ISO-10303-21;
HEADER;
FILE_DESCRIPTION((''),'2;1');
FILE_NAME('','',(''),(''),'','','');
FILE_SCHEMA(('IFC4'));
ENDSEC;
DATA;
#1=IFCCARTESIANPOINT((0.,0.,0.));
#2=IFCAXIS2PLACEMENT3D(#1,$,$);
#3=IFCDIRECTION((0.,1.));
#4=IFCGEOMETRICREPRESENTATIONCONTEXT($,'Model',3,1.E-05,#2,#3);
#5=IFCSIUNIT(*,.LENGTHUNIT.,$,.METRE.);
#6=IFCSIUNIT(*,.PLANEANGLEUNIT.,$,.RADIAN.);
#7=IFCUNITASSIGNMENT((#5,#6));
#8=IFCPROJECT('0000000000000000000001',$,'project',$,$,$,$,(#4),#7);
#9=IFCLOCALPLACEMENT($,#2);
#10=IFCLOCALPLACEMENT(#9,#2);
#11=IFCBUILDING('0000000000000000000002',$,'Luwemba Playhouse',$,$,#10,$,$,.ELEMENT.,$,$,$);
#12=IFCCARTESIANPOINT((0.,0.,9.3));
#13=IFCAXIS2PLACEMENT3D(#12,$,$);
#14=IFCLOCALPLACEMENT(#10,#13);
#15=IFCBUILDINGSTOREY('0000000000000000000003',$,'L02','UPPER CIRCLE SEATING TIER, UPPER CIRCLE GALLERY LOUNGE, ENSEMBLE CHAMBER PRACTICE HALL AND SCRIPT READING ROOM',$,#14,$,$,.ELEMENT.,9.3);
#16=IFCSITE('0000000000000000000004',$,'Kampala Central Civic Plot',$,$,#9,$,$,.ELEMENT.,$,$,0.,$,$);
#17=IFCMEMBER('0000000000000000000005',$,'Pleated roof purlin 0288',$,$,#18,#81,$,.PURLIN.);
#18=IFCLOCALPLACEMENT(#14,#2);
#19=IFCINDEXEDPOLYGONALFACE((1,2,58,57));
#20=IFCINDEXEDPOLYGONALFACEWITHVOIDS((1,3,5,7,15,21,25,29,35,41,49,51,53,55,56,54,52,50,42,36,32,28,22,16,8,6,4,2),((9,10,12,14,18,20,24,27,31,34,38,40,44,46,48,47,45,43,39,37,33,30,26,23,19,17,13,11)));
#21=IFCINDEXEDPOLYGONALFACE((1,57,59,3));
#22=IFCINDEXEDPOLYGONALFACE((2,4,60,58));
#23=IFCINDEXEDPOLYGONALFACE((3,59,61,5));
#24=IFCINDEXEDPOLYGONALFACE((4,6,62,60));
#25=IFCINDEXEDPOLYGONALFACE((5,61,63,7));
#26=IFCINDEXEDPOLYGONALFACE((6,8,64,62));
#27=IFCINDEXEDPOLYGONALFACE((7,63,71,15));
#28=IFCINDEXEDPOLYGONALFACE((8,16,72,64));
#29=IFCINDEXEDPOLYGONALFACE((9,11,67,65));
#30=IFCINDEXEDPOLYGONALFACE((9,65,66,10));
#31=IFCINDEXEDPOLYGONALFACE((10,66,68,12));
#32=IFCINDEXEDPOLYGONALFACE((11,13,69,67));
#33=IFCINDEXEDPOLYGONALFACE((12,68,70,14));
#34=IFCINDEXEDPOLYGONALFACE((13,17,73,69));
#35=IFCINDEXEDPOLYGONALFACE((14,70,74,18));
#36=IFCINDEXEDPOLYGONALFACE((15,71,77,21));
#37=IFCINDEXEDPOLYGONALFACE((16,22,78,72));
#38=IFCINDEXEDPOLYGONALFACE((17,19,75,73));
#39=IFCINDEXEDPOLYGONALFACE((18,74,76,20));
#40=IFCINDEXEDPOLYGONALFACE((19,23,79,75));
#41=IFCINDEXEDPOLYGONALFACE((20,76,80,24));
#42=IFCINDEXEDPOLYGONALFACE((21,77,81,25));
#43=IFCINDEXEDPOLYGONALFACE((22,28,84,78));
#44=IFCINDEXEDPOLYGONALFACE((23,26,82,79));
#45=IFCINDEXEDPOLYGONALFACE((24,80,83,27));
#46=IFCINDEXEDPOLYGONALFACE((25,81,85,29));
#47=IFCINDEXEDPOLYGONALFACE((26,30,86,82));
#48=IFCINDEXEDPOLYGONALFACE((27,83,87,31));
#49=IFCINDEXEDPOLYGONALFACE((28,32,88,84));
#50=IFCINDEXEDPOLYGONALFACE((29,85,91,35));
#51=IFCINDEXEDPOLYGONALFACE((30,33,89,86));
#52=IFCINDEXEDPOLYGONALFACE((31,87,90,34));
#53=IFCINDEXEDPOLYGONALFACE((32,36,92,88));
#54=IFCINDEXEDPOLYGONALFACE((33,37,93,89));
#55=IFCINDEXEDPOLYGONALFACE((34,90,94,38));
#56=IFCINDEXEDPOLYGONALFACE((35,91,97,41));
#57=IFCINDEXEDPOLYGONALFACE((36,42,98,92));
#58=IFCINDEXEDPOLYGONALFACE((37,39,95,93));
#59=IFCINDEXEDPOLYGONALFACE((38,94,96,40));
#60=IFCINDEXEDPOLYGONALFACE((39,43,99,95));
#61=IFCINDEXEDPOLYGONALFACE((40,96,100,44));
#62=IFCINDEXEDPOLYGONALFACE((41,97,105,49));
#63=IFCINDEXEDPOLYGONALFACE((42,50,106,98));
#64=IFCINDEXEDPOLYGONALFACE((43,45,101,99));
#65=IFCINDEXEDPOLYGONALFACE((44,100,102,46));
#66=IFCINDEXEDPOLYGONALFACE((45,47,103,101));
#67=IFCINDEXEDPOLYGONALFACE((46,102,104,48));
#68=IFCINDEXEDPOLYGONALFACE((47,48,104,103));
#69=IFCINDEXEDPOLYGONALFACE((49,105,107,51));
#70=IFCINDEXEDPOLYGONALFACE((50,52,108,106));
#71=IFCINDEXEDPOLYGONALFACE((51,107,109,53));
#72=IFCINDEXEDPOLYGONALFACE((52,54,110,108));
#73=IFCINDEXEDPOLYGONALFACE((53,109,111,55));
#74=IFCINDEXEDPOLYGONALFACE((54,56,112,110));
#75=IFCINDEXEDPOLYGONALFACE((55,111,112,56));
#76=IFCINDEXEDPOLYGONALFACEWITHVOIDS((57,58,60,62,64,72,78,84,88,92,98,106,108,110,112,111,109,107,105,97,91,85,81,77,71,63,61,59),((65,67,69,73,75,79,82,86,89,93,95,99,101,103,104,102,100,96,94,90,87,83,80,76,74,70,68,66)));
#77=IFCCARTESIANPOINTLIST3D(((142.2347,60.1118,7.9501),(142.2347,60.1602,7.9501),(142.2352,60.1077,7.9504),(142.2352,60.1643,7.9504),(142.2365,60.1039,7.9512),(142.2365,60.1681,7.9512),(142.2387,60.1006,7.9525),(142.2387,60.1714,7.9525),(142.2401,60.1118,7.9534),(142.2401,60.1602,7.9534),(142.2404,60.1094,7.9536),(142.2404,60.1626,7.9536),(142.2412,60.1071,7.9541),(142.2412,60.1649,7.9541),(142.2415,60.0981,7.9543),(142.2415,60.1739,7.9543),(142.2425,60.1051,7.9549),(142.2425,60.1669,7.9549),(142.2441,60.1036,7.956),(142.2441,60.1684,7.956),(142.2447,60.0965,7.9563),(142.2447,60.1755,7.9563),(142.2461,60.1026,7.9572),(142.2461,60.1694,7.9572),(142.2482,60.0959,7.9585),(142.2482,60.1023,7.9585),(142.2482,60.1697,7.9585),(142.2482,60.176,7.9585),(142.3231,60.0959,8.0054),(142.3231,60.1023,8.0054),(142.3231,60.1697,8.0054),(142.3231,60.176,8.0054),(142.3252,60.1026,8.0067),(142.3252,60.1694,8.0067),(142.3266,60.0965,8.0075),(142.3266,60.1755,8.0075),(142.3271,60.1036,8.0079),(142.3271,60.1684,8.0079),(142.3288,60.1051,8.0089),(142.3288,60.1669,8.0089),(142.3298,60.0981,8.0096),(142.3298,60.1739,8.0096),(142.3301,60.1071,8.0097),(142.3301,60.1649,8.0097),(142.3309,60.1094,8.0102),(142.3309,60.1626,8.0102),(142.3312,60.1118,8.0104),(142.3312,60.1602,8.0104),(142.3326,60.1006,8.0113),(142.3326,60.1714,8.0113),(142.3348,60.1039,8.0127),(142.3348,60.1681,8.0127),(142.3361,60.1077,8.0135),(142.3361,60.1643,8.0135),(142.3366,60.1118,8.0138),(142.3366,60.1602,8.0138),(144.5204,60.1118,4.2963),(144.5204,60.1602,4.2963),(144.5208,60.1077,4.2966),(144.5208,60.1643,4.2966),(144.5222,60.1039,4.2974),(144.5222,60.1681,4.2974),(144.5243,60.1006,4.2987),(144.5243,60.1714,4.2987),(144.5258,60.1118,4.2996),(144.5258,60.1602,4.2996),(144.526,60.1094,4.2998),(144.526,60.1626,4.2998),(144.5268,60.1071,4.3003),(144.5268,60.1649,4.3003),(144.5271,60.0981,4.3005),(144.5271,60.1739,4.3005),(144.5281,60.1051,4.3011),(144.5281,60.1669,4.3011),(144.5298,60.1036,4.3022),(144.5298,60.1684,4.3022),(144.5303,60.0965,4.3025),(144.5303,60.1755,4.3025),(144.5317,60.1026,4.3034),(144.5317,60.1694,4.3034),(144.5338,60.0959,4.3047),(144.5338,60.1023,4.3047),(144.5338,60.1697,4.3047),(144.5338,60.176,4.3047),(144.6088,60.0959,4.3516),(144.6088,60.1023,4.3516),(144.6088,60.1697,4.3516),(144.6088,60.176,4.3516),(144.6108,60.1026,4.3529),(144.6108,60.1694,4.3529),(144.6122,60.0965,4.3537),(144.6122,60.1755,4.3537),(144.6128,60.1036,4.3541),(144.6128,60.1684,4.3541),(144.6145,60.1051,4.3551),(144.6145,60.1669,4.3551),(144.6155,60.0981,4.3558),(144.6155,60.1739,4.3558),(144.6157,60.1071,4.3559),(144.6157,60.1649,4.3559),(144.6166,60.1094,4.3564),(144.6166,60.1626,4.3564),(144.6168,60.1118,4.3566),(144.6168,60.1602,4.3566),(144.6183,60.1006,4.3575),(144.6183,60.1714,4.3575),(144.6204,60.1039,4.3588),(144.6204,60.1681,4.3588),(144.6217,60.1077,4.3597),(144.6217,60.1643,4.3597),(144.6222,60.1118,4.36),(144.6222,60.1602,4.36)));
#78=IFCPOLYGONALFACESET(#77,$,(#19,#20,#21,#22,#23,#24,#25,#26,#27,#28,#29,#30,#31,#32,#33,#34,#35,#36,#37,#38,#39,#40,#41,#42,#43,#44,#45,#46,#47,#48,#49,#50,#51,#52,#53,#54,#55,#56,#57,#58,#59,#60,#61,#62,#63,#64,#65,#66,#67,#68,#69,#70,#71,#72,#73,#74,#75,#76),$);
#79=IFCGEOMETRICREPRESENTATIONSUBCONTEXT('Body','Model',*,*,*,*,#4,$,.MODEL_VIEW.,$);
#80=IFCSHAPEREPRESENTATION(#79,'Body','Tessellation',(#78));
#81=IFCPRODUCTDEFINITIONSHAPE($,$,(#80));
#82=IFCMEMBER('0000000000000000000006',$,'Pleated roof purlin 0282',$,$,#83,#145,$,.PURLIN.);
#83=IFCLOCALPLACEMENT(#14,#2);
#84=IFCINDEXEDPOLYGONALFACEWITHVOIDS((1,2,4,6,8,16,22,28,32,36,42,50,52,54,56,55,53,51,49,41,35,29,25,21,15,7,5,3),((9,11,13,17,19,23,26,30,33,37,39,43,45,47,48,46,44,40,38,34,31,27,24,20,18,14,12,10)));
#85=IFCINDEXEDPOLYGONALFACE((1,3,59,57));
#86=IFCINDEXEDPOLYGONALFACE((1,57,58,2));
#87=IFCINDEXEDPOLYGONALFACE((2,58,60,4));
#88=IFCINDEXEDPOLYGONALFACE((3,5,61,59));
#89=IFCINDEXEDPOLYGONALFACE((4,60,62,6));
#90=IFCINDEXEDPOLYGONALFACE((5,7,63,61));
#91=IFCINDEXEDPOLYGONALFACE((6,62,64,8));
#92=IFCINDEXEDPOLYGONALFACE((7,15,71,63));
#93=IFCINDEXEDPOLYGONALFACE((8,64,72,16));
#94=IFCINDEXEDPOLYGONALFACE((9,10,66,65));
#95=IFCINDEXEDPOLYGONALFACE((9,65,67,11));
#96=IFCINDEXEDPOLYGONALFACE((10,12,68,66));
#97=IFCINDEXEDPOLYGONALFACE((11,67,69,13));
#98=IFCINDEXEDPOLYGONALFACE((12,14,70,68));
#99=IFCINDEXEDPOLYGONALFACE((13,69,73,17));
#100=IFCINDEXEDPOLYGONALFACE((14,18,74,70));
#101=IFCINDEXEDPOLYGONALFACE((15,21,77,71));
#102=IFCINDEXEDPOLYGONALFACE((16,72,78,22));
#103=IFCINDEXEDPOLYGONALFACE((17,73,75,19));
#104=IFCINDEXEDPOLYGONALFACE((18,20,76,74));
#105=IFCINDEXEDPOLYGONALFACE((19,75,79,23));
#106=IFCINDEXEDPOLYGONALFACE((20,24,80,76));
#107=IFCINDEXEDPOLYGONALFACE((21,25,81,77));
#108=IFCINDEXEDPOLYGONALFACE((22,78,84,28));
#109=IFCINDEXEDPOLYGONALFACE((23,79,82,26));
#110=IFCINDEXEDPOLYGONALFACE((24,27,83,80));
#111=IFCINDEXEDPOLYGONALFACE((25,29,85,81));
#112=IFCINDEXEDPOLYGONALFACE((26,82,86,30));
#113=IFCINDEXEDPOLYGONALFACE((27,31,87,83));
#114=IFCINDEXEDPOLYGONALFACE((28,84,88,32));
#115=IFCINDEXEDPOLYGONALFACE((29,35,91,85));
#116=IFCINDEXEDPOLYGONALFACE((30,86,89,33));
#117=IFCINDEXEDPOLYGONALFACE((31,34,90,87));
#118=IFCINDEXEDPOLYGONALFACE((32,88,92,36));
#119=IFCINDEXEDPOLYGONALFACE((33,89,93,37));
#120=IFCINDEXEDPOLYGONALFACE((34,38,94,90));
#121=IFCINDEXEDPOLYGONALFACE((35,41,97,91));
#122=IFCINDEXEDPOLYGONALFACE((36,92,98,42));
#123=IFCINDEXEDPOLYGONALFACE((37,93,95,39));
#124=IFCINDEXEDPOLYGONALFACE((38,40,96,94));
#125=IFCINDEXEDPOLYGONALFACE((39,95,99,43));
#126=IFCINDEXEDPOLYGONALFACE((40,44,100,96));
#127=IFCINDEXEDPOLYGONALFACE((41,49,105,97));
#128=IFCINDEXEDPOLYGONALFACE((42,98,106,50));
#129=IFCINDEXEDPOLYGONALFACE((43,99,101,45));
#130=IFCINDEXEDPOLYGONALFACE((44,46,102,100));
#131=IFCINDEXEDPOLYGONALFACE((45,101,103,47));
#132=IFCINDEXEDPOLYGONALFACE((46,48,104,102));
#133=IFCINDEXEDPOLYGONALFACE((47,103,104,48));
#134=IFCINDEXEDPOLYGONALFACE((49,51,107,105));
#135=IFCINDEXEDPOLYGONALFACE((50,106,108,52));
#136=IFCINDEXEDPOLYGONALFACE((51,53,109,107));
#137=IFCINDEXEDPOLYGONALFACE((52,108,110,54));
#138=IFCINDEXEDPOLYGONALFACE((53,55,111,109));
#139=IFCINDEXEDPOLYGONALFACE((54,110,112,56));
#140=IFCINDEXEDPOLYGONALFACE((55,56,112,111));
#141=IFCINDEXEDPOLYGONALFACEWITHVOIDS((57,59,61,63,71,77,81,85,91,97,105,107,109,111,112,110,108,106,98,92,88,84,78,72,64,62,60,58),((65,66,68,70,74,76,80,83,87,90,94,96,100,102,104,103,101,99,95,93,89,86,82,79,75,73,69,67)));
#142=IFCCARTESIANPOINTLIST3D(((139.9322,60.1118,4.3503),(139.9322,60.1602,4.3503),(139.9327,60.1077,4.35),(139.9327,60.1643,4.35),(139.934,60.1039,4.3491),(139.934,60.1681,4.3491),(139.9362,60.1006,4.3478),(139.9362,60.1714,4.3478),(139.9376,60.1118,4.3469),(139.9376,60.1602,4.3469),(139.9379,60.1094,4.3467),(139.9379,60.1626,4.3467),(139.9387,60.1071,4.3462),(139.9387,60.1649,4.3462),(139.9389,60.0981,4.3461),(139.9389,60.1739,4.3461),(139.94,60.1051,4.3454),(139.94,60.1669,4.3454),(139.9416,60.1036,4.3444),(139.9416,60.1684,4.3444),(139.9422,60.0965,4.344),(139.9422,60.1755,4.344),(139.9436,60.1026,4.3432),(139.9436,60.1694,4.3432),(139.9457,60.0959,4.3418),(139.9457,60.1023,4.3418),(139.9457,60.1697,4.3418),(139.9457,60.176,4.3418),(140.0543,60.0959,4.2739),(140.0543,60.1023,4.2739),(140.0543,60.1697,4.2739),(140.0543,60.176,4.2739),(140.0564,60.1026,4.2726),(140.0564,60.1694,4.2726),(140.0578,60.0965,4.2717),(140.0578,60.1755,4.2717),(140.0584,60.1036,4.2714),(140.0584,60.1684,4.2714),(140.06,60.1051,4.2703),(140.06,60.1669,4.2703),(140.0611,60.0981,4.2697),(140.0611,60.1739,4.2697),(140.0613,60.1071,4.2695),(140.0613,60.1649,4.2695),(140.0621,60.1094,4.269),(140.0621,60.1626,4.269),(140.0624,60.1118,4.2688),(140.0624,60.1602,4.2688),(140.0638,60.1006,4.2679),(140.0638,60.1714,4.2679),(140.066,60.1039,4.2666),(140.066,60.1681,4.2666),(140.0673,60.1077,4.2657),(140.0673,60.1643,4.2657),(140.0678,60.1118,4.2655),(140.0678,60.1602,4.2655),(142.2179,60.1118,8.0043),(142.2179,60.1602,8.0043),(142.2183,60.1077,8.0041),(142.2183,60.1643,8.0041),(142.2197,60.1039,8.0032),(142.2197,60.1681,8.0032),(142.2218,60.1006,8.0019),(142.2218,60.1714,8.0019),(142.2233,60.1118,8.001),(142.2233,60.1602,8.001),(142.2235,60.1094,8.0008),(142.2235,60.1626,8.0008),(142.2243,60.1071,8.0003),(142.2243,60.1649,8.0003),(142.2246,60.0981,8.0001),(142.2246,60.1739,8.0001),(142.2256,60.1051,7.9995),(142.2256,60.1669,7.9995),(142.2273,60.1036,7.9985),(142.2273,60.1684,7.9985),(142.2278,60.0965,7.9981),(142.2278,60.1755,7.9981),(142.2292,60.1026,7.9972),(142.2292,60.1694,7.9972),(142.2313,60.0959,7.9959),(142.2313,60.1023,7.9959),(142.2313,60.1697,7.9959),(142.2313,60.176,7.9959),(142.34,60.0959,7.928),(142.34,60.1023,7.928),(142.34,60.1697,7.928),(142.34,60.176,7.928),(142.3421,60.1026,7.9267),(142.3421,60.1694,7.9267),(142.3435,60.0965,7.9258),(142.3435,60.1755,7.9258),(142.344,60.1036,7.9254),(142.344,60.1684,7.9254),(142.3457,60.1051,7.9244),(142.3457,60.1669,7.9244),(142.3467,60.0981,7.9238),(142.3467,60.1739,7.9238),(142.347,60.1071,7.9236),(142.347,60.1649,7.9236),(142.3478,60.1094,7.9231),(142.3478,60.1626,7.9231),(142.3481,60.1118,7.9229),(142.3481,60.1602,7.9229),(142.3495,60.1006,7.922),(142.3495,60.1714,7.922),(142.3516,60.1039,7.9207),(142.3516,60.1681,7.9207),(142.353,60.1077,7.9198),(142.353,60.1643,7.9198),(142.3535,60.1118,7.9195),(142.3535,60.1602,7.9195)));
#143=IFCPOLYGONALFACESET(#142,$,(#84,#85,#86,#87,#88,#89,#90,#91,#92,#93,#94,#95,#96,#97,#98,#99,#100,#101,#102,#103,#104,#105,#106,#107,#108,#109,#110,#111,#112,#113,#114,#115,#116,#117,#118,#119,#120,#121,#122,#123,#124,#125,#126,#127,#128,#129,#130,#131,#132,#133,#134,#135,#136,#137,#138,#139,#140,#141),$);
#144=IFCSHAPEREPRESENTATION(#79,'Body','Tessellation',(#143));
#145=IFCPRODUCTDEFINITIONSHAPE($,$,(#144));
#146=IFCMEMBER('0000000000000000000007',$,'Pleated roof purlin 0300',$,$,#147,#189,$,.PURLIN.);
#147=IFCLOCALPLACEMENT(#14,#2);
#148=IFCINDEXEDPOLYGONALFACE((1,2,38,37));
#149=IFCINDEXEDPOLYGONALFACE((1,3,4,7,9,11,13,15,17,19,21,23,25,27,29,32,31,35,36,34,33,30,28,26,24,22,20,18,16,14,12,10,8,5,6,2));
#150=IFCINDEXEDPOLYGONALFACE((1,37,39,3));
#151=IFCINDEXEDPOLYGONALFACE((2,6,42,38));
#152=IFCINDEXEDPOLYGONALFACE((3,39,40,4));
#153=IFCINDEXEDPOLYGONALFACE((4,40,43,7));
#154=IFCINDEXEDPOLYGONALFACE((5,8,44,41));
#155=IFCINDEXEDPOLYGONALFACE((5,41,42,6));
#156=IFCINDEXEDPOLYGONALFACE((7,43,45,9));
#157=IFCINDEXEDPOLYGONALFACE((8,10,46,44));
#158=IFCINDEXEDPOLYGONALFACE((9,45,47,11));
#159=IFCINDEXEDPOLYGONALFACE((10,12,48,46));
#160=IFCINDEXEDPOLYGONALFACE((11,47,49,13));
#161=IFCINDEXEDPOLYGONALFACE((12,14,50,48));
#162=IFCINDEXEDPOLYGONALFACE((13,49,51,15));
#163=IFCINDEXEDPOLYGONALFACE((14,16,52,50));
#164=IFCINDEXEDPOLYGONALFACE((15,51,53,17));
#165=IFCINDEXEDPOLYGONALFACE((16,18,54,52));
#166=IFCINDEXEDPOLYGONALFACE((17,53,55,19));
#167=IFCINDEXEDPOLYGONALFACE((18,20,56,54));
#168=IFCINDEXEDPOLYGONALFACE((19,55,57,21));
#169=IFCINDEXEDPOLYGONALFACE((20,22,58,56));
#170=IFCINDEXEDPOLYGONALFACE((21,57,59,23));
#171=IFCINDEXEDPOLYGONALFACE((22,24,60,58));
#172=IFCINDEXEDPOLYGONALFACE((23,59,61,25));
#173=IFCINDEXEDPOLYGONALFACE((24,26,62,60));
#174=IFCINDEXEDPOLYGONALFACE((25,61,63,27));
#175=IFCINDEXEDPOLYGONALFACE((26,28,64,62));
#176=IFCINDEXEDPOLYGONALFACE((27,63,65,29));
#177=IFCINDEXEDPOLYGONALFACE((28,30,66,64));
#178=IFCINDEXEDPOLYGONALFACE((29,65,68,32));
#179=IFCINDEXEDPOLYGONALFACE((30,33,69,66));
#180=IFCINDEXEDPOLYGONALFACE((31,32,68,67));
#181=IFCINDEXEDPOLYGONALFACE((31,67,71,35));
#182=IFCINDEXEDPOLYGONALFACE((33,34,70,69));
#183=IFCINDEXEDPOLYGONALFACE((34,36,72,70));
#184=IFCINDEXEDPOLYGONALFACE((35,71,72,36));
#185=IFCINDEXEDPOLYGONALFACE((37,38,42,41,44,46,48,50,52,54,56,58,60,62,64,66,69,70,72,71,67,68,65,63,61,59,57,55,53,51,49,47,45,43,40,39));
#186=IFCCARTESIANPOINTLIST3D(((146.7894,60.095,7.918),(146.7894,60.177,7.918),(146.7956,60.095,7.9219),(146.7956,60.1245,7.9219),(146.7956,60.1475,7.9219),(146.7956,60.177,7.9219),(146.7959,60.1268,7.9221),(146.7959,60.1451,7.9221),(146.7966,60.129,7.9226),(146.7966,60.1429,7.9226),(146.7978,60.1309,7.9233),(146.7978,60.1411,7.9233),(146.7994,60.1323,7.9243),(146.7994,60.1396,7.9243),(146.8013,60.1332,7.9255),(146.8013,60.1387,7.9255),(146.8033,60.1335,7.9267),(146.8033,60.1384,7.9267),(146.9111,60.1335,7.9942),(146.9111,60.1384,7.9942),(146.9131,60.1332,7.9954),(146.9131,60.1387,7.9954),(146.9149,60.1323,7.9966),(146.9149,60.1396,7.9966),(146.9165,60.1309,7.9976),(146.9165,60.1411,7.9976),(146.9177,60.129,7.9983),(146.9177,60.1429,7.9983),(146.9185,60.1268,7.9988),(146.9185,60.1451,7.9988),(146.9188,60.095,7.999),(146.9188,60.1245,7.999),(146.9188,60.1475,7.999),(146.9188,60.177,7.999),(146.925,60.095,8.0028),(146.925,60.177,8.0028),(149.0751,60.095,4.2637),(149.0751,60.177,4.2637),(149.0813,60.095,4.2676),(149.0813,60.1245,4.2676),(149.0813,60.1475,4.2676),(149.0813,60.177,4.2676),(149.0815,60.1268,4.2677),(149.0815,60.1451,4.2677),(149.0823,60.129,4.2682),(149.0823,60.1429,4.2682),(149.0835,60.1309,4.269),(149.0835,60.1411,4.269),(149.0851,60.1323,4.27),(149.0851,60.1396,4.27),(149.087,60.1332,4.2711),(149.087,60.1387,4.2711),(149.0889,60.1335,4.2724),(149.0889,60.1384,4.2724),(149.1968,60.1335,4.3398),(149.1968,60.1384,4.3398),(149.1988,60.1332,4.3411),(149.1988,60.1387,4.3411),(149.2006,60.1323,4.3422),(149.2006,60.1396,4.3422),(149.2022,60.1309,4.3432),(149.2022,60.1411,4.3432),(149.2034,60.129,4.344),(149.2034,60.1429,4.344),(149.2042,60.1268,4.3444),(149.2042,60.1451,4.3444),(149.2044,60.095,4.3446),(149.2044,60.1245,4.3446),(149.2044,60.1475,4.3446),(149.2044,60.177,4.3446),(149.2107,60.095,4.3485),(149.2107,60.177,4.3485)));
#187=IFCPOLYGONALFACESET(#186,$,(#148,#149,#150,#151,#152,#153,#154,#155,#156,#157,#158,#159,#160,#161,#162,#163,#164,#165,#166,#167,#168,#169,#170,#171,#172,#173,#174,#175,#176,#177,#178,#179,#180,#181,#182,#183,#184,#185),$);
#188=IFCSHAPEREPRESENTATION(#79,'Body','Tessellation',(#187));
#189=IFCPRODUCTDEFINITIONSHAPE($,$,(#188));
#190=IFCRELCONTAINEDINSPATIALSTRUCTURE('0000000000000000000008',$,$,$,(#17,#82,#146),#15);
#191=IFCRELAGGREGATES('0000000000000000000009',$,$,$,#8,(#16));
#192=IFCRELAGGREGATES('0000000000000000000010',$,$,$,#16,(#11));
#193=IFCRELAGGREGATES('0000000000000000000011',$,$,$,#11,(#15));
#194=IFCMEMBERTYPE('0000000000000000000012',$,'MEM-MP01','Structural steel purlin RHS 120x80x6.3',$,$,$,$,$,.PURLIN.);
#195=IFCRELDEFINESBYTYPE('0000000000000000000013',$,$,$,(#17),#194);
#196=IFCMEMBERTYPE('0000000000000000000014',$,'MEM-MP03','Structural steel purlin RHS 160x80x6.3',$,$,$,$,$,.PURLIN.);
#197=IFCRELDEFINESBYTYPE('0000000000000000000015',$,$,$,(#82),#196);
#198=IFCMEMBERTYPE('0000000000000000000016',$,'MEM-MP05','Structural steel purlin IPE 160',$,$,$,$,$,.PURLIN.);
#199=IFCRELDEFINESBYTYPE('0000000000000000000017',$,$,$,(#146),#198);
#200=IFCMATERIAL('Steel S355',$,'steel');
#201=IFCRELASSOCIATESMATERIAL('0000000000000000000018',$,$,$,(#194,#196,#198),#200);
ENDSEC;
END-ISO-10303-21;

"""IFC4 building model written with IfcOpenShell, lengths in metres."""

from ifc_helpers import new_model, si_unit, direction, frame, origin, origin_2d, place, context, subcontext, project, spatial, hollow_rectangle, i_section, extrude, material, material_profile, profile_set, type_object, element, save


model = new_model("IFC4")

# Units and contexts
model_context = context("Model", 3, precision=1e-05, world=origin(), true_north=direction((0.0, 1.0)))
body_context = subcontext(model_context, "Body", "Model", "MODEL_VIEW")
ifc_project = project(units=[si_unit("LENGTHUNIT", "METRE"), si_unit("PLANEANGLEUNIT", "RADIAN")], contexts=[model_context])

# Site, building, storey
site_placement = place(None, origin())
site = spatial("IfcSite", under=ifc_project, at=site_placement, Name="Kampala Central Civic Plot", CompositionType="ELEMENT", RefElevation=0.0)
building_placement = place(site_placement, origin())
building = spatial("IfcBuilding", under=site, at=building_placement, Name="Luwemba Playhouse", CompositionType="ELEMENT")
storey_placement = place(building_placement, frame((0.0, 0.0, 9.3)))
storey = spatial("IfcBuildingStorey", under=building, at=storey_placement, Name="L02", Description="UPPER CIRCLE SEATING TIER, UPPER CIRCLE GALLERY LOUNGE, ENSEMBLE CHAMBER PRACTICE HALL AND SCRIPT READING ROOM", CompositionType="ELEMENT", Elevation=9.3)

# Shared definitions
ifc_material_1 = material(Name="Steel S355", Category="steel")

# Members
ifc_material_profile_1 = material_profile(ifc_material_1, hollow_rectangle(XDim=0.0801, YDim=0.1201, WallThickness=0.0063, InnerFilletRadius=0.0095, OuterFilletRadius=0.0159, at=origin_2d()))
ifc_profile_set_1 = profile_set([ifc_material_profile_1], Name="Steel S355")
member_type_1 = type_object("IfcMemberType", Name="MEM-MP01", Description="Structural steel purlin RHS 120x80x6.3", PredefinedType="PURLIN", material=ifc_profile_set_1)
member_1_placement = place(storey_placement, frame((142.2856, 60.136, 7.9819), z_axis=(0.530335, 0.0, -0.847788), x_axis=(0.0, 1.0, 0.0)))
element("IfcMember", 1, at=member_1_placement, inside=storey, type_object=member_type_1, Name="Pleated roof purlin 0288", PredefinedType="PURLIN", context=body_context, shape_type="SweptSolid", body=[
    extrude(hollow_rectangle(XDim=0.0801, YDim=0.1201, WallThickness=0.0063, InnerFilletRadius=0.0095, OuterFilletRadius=0.0159, at=origin_2d()), origin(), (0.0, 0.0, 1.0), 4.3098),
])
ifc_material_profile_2 = material_profile(ifc_material_1, hollow_rectangle(XDim=0.0801, YDim=0.1599, WallThickness=0.0063, InnerFilletRadius=0.0095, OuterFilletRadius=0.0159, at=origin_2d()))
ifc_profile_set_2 = profile_set([ifc_material_profile_2], Name="Steel S355")
member_type_2 = type_object("IfcMemberType", Name="MEM-MP03", Description="Structural steel purlin RHS 160x80x6.3", PredefinedType="PURLIN", material=ifc_profile_set_2)
member_2_placement = place(storey_placement, frame((140.0, 60.136, 4.3079), z_axis=(0.530309, 0.0, 0.847804), x_axis=(0.0, 1.0, 0.0)))
element("IfcMember", 2, at=member_2_placement, inside=storey, type_object=member_type_2, Name="Pleated roof purlin 0282", PredefinedType="PURLIN", context=body_context, shape_type="SweptSolid", body=[
    extrude(hollow_rectangle(XDim=0.0801, YDim=0.1599, WallThickness=0.0063, InnerFilletRadius=0.0095, OuterFilletRadius=0.0159, at=origin_2d()), origin(), (0.0, 0.0, 1.0), 4.3101),
])
ifc_material_profile_3 = material_profile(ifc_material_1, i_section(OverallWidth=0.082, OverallDepth=0.1599, WebThickness=0.0049, FlangeThickness=0.0073, FilletRadius=0.009, at=origin_2d()))
ifc_profile_set_3 = profile_set([ifc_material_profile_3], Name="Steel S355")
member_type_3 = type_object("IfcMemberType", Name="MEM-MP05", Description="Structural steel purlin IPE 160", PredefinedType="PURLIN", material=ifc_profile_set_3)
member_3_placement = place(storey_placement, frame((146.8572, 60.136, 7.9604), z_axis=(0.530284, 0.0, -0.84782), x_axis=(0.0, 1.0, 0.0)))
element("IfcMember", 3, at=member_3_placement, inside=storey, type_object=member_type_3, Name="Pleated roof purlin 0300", PredefinedType="PURLIN", context=body_context, shape_type="SweptSolid", body=[
    extrude(i_section(OverallWidth=0.082, OverallDepth=0.1599, WebThickness=0.0049, FlangeThickness=0.0073, FilletRadius=0.009, at=origin_2d()), origin(), (0.0, 0.0, 1.0), 4.3103),
])

save(model, "model.ifc")
